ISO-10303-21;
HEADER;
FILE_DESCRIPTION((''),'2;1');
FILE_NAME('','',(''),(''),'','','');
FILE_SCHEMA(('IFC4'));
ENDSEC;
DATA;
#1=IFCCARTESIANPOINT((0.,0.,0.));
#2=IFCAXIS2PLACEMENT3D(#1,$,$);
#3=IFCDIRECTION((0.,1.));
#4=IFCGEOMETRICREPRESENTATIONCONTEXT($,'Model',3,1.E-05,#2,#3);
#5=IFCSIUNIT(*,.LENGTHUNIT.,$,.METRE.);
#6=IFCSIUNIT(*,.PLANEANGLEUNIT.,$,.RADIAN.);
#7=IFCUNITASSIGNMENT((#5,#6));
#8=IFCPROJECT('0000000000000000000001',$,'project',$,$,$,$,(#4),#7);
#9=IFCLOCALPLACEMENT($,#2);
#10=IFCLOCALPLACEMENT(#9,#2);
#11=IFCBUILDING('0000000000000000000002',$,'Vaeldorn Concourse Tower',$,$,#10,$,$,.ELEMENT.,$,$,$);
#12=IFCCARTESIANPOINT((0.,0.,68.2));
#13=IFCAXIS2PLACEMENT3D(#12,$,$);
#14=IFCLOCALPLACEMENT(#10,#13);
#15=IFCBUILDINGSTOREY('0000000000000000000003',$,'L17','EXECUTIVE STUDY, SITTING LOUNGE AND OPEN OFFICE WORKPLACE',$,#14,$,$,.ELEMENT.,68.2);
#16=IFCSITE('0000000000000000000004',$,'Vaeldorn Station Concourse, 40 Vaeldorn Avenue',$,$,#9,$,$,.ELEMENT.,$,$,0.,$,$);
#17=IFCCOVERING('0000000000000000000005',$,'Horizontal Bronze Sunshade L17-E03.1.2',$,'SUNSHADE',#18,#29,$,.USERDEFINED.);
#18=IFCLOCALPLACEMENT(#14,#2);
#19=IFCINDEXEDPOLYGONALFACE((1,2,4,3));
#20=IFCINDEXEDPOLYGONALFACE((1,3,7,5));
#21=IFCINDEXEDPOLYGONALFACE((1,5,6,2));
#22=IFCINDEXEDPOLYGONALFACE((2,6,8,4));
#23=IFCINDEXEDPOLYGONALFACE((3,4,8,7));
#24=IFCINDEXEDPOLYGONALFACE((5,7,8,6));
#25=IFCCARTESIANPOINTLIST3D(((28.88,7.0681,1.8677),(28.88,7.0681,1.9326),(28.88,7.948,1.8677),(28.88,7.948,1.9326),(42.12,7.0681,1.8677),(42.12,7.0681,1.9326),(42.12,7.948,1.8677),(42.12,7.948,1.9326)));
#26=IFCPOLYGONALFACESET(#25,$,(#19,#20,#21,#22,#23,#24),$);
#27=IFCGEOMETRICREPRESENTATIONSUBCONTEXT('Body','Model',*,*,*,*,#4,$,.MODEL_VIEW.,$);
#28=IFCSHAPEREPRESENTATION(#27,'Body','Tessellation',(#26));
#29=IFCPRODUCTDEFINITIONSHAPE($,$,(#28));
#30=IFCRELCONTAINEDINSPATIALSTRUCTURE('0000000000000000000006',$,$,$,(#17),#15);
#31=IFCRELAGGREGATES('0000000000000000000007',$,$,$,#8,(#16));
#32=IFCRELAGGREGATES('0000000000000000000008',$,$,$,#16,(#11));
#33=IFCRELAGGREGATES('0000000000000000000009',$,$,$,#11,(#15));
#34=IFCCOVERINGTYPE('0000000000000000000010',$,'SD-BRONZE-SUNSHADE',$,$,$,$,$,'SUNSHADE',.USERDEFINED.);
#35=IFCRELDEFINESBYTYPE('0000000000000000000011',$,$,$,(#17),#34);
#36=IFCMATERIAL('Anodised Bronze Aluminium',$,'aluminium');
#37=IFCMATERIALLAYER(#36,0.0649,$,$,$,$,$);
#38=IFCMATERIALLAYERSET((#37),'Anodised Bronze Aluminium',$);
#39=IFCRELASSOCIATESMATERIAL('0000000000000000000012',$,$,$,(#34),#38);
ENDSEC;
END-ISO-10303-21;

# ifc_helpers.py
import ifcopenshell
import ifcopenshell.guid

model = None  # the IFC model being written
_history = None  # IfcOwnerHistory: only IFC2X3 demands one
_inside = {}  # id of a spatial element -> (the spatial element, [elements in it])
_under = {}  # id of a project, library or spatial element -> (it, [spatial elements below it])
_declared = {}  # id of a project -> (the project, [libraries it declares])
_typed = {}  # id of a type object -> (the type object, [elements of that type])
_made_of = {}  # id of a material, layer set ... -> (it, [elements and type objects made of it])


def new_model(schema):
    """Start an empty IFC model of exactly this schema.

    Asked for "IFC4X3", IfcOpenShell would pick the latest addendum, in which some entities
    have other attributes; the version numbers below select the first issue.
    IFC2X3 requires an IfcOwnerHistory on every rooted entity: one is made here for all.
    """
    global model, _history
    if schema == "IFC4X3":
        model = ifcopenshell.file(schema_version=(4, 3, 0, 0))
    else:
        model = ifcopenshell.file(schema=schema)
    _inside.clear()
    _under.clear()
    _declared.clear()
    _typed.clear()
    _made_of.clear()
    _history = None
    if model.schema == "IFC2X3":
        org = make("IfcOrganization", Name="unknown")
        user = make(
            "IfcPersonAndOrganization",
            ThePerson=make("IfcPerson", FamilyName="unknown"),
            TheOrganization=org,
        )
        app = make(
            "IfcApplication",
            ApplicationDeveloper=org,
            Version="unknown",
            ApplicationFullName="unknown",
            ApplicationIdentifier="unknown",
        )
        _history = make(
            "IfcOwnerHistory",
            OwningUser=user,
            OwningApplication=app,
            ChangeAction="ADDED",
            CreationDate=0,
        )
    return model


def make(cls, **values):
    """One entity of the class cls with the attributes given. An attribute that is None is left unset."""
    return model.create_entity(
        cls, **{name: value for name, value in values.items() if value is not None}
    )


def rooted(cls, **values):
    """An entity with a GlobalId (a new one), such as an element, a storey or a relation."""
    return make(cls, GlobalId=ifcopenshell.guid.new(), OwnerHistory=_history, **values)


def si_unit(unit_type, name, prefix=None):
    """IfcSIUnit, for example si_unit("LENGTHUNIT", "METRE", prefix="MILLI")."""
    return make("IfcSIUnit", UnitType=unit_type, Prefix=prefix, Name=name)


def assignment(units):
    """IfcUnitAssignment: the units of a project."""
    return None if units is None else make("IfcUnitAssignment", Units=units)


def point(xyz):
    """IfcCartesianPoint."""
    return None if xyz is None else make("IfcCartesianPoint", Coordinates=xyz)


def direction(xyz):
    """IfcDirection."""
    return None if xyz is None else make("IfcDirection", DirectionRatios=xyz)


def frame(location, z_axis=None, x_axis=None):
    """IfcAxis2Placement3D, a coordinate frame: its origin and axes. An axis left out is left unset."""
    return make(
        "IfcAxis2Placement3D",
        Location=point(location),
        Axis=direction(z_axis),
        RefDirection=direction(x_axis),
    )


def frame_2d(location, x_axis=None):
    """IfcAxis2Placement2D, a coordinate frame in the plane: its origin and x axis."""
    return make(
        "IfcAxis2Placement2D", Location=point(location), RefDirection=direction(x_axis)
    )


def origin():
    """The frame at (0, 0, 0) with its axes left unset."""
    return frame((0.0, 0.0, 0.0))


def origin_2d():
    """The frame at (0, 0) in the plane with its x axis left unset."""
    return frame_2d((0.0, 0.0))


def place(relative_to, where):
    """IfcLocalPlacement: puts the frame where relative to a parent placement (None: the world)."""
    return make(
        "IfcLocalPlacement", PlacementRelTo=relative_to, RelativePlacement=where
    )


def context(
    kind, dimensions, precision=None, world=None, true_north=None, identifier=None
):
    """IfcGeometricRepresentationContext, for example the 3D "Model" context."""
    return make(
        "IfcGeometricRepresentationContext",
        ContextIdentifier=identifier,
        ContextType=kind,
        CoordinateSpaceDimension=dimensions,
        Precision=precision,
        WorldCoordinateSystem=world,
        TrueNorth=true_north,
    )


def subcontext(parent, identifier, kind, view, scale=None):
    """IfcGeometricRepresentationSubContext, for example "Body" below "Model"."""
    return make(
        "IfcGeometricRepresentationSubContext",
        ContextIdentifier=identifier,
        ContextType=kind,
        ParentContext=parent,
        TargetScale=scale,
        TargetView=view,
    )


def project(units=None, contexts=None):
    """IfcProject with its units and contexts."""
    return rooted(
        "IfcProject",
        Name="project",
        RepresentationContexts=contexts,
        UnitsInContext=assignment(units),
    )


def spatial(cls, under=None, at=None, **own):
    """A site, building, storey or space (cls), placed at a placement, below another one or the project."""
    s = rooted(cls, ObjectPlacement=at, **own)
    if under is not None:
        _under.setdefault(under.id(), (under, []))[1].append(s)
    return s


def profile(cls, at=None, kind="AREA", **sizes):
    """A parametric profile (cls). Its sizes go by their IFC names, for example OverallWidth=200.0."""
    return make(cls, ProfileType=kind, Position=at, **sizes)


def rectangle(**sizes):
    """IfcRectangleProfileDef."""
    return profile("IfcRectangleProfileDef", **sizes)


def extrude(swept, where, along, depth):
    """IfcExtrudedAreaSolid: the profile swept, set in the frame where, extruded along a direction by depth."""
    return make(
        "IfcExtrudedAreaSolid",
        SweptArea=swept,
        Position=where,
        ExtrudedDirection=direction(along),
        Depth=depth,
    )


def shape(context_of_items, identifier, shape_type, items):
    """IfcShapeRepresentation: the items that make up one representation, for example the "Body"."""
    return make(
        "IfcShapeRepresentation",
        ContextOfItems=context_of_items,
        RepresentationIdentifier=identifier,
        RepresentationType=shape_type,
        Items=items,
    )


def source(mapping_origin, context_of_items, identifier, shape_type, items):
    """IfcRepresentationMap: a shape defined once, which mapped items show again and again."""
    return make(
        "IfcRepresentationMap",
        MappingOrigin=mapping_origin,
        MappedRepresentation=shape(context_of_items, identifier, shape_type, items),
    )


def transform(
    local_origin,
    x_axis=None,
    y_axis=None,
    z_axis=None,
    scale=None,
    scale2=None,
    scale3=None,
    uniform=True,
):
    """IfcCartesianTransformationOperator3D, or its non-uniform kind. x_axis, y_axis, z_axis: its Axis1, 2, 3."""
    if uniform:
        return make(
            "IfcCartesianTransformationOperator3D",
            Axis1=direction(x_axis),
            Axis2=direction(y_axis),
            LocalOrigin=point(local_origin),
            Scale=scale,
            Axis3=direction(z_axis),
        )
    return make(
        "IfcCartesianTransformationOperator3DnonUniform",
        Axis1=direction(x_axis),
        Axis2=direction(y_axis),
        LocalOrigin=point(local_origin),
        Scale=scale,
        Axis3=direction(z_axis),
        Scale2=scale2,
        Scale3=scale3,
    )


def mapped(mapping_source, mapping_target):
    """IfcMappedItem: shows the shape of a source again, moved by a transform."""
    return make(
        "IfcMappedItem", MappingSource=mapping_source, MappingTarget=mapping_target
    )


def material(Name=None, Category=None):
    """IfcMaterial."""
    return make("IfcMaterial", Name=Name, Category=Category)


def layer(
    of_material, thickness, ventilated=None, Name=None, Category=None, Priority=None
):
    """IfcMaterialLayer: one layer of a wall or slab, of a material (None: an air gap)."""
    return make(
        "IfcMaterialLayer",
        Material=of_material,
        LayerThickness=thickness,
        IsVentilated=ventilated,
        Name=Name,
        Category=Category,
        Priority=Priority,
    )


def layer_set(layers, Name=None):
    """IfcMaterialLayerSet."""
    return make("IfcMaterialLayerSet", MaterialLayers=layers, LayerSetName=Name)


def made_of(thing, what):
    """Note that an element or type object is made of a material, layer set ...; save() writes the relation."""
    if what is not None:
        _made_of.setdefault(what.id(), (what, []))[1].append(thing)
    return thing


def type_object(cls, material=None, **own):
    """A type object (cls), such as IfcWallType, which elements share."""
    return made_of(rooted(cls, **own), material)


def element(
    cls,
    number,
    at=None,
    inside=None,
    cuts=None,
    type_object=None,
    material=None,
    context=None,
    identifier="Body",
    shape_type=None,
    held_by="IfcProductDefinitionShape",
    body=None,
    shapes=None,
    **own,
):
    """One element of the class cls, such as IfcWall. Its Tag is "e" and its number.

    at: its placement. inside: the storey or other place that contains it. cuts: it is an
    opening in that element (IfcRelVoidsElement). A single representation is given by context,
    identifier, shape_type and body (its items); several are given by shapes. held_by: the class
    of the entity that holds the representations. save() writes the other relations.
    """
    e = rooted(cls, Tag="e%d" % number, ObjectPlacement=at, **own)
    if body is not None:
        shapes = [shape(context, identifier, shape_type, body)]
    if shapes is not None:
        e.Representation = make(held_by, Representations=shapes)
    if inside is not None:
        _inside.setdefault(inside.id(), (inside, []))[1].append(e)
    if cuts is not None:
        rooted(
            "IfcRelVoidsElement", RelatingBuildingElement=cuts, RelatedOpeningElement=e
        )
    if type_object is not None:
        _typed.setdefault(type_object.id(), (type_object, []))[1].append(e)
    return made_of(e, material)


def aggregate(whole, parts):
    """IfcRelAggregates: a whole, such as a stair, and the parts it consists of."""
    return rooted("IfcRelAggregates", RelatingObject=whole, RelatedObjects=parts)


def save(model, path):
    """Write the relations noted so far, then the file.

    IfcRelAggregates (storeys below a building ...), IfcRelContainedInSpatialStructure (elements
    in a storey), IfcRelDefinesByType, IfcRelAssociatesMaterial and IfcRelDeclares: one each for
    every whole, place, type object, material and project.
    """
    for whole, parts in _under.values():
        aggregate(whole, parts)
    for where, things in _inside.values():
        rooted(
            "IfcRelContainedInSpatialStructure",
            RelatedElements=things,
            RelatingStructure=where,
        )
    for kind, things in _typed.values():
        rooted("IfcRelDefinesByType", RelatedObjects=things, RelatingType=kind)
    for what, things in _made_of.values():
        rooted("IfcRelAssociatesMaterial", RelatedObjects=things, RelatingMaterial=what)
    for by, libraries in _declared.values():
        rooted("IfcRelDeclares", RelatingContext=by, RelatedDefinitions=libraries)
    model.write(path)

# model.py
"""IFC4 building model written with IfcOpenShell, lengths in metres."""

from ifc_helpers import new_model, si_unit, direction, frame, origin, origin_2d, place, context, subcontext, project, spatial, rectangle, extrude, source, transform, mapped, material, layer, layer_set, type_object, element, save


model = new_model("IFC4")

# Units and contexts
model_context = context("Model", 3, precision=1e-05, world=origin(), true_north=direction((0.0, 1.0)))
body_context = subcontext(model_context, "Body", "Model", "MODEL_VIEW")
ifc_project = project(units=[si_unit("LENGTHUNIT", "METRE"), si_unit("PLANEANGLEUNIT", "RADIAN")], contexts=[model_context])

# Site, building, storey
site_placement = place(None, origin())
site = spatial("IfcSite", under=ifc_project, at=site_placement, Name="Vaeldorn Station Concourse, 40 Vaeldorn Avenue", CompositionType="ELEMENT", RefElevation=0.0)
building_placement = place(site_placement, origin())
building = spatial("IfcBuilding", under=site, at=building_placement, Name="Vaeldorn Concourse Tower", CompositionType="ELEMENT")
storey_placement = place(building_placement, frame((0.0, 0.0, 68.2)))
storey = spatial("IfcBuildingStorey", under=building, at=storey_placement, Name="L17", Description="EXECUTIVE STUDY, SITTING LOUNGE AND OPEN OFFICE WORKPLACE", CompositionType="ELEMENT", Elevation=68.2)

# Shared definitions
ifc_material_1 = material(Name="Anodised Bronze Aluminium", Category="aluminium")

# Covering
ifc_layer_1 = layer(ifc_material_1, 0.0649)
ifc_layer_set_1 = layer_set([ifc_layer_1], Name="Anodised Bronze Aluminium")
covering_type = type_object("IfcCoveringType", Name="SD-BRONZE-SUNSHADE", ElementType="SUNSHADE", PredefinedType="USERDEFINED", material=ifc_layer_set_1)
shared_shape_1 = source(origin(), body_context, "Body", "SweptSolid", [
    extrude(rectangle(XDim=13.24, YDim=0.8799, at=origin_2d()), origin(), (0.0, 0.0, 1.0), 0.0649),
])
for number, where, z_axis, x_axis, name in (
    (1, (35.5, 7.5081, 1.8677), (0.0, 0.0, 1.0), (1.0, 0.0, 0.0), "Horizontal Bronze Sunshade L17-E03.1.2"),
):
    element("IfcCovering", number, at=place(storey_placement, frame(where, z_axis=z_axis, x_axis=x_axis)), inside=storey, type_object=covering_type, Name=name, ObjectType="SUNSHADE", PredefinedType="USERDEFINED", context=body_context, shape_type="MappedRepresentation", body=[
        mapped(shared_shape_1, transform((0.0, 0.0, 0.0), scale=1.0)),
    ])

save(model, "model.ifc")
